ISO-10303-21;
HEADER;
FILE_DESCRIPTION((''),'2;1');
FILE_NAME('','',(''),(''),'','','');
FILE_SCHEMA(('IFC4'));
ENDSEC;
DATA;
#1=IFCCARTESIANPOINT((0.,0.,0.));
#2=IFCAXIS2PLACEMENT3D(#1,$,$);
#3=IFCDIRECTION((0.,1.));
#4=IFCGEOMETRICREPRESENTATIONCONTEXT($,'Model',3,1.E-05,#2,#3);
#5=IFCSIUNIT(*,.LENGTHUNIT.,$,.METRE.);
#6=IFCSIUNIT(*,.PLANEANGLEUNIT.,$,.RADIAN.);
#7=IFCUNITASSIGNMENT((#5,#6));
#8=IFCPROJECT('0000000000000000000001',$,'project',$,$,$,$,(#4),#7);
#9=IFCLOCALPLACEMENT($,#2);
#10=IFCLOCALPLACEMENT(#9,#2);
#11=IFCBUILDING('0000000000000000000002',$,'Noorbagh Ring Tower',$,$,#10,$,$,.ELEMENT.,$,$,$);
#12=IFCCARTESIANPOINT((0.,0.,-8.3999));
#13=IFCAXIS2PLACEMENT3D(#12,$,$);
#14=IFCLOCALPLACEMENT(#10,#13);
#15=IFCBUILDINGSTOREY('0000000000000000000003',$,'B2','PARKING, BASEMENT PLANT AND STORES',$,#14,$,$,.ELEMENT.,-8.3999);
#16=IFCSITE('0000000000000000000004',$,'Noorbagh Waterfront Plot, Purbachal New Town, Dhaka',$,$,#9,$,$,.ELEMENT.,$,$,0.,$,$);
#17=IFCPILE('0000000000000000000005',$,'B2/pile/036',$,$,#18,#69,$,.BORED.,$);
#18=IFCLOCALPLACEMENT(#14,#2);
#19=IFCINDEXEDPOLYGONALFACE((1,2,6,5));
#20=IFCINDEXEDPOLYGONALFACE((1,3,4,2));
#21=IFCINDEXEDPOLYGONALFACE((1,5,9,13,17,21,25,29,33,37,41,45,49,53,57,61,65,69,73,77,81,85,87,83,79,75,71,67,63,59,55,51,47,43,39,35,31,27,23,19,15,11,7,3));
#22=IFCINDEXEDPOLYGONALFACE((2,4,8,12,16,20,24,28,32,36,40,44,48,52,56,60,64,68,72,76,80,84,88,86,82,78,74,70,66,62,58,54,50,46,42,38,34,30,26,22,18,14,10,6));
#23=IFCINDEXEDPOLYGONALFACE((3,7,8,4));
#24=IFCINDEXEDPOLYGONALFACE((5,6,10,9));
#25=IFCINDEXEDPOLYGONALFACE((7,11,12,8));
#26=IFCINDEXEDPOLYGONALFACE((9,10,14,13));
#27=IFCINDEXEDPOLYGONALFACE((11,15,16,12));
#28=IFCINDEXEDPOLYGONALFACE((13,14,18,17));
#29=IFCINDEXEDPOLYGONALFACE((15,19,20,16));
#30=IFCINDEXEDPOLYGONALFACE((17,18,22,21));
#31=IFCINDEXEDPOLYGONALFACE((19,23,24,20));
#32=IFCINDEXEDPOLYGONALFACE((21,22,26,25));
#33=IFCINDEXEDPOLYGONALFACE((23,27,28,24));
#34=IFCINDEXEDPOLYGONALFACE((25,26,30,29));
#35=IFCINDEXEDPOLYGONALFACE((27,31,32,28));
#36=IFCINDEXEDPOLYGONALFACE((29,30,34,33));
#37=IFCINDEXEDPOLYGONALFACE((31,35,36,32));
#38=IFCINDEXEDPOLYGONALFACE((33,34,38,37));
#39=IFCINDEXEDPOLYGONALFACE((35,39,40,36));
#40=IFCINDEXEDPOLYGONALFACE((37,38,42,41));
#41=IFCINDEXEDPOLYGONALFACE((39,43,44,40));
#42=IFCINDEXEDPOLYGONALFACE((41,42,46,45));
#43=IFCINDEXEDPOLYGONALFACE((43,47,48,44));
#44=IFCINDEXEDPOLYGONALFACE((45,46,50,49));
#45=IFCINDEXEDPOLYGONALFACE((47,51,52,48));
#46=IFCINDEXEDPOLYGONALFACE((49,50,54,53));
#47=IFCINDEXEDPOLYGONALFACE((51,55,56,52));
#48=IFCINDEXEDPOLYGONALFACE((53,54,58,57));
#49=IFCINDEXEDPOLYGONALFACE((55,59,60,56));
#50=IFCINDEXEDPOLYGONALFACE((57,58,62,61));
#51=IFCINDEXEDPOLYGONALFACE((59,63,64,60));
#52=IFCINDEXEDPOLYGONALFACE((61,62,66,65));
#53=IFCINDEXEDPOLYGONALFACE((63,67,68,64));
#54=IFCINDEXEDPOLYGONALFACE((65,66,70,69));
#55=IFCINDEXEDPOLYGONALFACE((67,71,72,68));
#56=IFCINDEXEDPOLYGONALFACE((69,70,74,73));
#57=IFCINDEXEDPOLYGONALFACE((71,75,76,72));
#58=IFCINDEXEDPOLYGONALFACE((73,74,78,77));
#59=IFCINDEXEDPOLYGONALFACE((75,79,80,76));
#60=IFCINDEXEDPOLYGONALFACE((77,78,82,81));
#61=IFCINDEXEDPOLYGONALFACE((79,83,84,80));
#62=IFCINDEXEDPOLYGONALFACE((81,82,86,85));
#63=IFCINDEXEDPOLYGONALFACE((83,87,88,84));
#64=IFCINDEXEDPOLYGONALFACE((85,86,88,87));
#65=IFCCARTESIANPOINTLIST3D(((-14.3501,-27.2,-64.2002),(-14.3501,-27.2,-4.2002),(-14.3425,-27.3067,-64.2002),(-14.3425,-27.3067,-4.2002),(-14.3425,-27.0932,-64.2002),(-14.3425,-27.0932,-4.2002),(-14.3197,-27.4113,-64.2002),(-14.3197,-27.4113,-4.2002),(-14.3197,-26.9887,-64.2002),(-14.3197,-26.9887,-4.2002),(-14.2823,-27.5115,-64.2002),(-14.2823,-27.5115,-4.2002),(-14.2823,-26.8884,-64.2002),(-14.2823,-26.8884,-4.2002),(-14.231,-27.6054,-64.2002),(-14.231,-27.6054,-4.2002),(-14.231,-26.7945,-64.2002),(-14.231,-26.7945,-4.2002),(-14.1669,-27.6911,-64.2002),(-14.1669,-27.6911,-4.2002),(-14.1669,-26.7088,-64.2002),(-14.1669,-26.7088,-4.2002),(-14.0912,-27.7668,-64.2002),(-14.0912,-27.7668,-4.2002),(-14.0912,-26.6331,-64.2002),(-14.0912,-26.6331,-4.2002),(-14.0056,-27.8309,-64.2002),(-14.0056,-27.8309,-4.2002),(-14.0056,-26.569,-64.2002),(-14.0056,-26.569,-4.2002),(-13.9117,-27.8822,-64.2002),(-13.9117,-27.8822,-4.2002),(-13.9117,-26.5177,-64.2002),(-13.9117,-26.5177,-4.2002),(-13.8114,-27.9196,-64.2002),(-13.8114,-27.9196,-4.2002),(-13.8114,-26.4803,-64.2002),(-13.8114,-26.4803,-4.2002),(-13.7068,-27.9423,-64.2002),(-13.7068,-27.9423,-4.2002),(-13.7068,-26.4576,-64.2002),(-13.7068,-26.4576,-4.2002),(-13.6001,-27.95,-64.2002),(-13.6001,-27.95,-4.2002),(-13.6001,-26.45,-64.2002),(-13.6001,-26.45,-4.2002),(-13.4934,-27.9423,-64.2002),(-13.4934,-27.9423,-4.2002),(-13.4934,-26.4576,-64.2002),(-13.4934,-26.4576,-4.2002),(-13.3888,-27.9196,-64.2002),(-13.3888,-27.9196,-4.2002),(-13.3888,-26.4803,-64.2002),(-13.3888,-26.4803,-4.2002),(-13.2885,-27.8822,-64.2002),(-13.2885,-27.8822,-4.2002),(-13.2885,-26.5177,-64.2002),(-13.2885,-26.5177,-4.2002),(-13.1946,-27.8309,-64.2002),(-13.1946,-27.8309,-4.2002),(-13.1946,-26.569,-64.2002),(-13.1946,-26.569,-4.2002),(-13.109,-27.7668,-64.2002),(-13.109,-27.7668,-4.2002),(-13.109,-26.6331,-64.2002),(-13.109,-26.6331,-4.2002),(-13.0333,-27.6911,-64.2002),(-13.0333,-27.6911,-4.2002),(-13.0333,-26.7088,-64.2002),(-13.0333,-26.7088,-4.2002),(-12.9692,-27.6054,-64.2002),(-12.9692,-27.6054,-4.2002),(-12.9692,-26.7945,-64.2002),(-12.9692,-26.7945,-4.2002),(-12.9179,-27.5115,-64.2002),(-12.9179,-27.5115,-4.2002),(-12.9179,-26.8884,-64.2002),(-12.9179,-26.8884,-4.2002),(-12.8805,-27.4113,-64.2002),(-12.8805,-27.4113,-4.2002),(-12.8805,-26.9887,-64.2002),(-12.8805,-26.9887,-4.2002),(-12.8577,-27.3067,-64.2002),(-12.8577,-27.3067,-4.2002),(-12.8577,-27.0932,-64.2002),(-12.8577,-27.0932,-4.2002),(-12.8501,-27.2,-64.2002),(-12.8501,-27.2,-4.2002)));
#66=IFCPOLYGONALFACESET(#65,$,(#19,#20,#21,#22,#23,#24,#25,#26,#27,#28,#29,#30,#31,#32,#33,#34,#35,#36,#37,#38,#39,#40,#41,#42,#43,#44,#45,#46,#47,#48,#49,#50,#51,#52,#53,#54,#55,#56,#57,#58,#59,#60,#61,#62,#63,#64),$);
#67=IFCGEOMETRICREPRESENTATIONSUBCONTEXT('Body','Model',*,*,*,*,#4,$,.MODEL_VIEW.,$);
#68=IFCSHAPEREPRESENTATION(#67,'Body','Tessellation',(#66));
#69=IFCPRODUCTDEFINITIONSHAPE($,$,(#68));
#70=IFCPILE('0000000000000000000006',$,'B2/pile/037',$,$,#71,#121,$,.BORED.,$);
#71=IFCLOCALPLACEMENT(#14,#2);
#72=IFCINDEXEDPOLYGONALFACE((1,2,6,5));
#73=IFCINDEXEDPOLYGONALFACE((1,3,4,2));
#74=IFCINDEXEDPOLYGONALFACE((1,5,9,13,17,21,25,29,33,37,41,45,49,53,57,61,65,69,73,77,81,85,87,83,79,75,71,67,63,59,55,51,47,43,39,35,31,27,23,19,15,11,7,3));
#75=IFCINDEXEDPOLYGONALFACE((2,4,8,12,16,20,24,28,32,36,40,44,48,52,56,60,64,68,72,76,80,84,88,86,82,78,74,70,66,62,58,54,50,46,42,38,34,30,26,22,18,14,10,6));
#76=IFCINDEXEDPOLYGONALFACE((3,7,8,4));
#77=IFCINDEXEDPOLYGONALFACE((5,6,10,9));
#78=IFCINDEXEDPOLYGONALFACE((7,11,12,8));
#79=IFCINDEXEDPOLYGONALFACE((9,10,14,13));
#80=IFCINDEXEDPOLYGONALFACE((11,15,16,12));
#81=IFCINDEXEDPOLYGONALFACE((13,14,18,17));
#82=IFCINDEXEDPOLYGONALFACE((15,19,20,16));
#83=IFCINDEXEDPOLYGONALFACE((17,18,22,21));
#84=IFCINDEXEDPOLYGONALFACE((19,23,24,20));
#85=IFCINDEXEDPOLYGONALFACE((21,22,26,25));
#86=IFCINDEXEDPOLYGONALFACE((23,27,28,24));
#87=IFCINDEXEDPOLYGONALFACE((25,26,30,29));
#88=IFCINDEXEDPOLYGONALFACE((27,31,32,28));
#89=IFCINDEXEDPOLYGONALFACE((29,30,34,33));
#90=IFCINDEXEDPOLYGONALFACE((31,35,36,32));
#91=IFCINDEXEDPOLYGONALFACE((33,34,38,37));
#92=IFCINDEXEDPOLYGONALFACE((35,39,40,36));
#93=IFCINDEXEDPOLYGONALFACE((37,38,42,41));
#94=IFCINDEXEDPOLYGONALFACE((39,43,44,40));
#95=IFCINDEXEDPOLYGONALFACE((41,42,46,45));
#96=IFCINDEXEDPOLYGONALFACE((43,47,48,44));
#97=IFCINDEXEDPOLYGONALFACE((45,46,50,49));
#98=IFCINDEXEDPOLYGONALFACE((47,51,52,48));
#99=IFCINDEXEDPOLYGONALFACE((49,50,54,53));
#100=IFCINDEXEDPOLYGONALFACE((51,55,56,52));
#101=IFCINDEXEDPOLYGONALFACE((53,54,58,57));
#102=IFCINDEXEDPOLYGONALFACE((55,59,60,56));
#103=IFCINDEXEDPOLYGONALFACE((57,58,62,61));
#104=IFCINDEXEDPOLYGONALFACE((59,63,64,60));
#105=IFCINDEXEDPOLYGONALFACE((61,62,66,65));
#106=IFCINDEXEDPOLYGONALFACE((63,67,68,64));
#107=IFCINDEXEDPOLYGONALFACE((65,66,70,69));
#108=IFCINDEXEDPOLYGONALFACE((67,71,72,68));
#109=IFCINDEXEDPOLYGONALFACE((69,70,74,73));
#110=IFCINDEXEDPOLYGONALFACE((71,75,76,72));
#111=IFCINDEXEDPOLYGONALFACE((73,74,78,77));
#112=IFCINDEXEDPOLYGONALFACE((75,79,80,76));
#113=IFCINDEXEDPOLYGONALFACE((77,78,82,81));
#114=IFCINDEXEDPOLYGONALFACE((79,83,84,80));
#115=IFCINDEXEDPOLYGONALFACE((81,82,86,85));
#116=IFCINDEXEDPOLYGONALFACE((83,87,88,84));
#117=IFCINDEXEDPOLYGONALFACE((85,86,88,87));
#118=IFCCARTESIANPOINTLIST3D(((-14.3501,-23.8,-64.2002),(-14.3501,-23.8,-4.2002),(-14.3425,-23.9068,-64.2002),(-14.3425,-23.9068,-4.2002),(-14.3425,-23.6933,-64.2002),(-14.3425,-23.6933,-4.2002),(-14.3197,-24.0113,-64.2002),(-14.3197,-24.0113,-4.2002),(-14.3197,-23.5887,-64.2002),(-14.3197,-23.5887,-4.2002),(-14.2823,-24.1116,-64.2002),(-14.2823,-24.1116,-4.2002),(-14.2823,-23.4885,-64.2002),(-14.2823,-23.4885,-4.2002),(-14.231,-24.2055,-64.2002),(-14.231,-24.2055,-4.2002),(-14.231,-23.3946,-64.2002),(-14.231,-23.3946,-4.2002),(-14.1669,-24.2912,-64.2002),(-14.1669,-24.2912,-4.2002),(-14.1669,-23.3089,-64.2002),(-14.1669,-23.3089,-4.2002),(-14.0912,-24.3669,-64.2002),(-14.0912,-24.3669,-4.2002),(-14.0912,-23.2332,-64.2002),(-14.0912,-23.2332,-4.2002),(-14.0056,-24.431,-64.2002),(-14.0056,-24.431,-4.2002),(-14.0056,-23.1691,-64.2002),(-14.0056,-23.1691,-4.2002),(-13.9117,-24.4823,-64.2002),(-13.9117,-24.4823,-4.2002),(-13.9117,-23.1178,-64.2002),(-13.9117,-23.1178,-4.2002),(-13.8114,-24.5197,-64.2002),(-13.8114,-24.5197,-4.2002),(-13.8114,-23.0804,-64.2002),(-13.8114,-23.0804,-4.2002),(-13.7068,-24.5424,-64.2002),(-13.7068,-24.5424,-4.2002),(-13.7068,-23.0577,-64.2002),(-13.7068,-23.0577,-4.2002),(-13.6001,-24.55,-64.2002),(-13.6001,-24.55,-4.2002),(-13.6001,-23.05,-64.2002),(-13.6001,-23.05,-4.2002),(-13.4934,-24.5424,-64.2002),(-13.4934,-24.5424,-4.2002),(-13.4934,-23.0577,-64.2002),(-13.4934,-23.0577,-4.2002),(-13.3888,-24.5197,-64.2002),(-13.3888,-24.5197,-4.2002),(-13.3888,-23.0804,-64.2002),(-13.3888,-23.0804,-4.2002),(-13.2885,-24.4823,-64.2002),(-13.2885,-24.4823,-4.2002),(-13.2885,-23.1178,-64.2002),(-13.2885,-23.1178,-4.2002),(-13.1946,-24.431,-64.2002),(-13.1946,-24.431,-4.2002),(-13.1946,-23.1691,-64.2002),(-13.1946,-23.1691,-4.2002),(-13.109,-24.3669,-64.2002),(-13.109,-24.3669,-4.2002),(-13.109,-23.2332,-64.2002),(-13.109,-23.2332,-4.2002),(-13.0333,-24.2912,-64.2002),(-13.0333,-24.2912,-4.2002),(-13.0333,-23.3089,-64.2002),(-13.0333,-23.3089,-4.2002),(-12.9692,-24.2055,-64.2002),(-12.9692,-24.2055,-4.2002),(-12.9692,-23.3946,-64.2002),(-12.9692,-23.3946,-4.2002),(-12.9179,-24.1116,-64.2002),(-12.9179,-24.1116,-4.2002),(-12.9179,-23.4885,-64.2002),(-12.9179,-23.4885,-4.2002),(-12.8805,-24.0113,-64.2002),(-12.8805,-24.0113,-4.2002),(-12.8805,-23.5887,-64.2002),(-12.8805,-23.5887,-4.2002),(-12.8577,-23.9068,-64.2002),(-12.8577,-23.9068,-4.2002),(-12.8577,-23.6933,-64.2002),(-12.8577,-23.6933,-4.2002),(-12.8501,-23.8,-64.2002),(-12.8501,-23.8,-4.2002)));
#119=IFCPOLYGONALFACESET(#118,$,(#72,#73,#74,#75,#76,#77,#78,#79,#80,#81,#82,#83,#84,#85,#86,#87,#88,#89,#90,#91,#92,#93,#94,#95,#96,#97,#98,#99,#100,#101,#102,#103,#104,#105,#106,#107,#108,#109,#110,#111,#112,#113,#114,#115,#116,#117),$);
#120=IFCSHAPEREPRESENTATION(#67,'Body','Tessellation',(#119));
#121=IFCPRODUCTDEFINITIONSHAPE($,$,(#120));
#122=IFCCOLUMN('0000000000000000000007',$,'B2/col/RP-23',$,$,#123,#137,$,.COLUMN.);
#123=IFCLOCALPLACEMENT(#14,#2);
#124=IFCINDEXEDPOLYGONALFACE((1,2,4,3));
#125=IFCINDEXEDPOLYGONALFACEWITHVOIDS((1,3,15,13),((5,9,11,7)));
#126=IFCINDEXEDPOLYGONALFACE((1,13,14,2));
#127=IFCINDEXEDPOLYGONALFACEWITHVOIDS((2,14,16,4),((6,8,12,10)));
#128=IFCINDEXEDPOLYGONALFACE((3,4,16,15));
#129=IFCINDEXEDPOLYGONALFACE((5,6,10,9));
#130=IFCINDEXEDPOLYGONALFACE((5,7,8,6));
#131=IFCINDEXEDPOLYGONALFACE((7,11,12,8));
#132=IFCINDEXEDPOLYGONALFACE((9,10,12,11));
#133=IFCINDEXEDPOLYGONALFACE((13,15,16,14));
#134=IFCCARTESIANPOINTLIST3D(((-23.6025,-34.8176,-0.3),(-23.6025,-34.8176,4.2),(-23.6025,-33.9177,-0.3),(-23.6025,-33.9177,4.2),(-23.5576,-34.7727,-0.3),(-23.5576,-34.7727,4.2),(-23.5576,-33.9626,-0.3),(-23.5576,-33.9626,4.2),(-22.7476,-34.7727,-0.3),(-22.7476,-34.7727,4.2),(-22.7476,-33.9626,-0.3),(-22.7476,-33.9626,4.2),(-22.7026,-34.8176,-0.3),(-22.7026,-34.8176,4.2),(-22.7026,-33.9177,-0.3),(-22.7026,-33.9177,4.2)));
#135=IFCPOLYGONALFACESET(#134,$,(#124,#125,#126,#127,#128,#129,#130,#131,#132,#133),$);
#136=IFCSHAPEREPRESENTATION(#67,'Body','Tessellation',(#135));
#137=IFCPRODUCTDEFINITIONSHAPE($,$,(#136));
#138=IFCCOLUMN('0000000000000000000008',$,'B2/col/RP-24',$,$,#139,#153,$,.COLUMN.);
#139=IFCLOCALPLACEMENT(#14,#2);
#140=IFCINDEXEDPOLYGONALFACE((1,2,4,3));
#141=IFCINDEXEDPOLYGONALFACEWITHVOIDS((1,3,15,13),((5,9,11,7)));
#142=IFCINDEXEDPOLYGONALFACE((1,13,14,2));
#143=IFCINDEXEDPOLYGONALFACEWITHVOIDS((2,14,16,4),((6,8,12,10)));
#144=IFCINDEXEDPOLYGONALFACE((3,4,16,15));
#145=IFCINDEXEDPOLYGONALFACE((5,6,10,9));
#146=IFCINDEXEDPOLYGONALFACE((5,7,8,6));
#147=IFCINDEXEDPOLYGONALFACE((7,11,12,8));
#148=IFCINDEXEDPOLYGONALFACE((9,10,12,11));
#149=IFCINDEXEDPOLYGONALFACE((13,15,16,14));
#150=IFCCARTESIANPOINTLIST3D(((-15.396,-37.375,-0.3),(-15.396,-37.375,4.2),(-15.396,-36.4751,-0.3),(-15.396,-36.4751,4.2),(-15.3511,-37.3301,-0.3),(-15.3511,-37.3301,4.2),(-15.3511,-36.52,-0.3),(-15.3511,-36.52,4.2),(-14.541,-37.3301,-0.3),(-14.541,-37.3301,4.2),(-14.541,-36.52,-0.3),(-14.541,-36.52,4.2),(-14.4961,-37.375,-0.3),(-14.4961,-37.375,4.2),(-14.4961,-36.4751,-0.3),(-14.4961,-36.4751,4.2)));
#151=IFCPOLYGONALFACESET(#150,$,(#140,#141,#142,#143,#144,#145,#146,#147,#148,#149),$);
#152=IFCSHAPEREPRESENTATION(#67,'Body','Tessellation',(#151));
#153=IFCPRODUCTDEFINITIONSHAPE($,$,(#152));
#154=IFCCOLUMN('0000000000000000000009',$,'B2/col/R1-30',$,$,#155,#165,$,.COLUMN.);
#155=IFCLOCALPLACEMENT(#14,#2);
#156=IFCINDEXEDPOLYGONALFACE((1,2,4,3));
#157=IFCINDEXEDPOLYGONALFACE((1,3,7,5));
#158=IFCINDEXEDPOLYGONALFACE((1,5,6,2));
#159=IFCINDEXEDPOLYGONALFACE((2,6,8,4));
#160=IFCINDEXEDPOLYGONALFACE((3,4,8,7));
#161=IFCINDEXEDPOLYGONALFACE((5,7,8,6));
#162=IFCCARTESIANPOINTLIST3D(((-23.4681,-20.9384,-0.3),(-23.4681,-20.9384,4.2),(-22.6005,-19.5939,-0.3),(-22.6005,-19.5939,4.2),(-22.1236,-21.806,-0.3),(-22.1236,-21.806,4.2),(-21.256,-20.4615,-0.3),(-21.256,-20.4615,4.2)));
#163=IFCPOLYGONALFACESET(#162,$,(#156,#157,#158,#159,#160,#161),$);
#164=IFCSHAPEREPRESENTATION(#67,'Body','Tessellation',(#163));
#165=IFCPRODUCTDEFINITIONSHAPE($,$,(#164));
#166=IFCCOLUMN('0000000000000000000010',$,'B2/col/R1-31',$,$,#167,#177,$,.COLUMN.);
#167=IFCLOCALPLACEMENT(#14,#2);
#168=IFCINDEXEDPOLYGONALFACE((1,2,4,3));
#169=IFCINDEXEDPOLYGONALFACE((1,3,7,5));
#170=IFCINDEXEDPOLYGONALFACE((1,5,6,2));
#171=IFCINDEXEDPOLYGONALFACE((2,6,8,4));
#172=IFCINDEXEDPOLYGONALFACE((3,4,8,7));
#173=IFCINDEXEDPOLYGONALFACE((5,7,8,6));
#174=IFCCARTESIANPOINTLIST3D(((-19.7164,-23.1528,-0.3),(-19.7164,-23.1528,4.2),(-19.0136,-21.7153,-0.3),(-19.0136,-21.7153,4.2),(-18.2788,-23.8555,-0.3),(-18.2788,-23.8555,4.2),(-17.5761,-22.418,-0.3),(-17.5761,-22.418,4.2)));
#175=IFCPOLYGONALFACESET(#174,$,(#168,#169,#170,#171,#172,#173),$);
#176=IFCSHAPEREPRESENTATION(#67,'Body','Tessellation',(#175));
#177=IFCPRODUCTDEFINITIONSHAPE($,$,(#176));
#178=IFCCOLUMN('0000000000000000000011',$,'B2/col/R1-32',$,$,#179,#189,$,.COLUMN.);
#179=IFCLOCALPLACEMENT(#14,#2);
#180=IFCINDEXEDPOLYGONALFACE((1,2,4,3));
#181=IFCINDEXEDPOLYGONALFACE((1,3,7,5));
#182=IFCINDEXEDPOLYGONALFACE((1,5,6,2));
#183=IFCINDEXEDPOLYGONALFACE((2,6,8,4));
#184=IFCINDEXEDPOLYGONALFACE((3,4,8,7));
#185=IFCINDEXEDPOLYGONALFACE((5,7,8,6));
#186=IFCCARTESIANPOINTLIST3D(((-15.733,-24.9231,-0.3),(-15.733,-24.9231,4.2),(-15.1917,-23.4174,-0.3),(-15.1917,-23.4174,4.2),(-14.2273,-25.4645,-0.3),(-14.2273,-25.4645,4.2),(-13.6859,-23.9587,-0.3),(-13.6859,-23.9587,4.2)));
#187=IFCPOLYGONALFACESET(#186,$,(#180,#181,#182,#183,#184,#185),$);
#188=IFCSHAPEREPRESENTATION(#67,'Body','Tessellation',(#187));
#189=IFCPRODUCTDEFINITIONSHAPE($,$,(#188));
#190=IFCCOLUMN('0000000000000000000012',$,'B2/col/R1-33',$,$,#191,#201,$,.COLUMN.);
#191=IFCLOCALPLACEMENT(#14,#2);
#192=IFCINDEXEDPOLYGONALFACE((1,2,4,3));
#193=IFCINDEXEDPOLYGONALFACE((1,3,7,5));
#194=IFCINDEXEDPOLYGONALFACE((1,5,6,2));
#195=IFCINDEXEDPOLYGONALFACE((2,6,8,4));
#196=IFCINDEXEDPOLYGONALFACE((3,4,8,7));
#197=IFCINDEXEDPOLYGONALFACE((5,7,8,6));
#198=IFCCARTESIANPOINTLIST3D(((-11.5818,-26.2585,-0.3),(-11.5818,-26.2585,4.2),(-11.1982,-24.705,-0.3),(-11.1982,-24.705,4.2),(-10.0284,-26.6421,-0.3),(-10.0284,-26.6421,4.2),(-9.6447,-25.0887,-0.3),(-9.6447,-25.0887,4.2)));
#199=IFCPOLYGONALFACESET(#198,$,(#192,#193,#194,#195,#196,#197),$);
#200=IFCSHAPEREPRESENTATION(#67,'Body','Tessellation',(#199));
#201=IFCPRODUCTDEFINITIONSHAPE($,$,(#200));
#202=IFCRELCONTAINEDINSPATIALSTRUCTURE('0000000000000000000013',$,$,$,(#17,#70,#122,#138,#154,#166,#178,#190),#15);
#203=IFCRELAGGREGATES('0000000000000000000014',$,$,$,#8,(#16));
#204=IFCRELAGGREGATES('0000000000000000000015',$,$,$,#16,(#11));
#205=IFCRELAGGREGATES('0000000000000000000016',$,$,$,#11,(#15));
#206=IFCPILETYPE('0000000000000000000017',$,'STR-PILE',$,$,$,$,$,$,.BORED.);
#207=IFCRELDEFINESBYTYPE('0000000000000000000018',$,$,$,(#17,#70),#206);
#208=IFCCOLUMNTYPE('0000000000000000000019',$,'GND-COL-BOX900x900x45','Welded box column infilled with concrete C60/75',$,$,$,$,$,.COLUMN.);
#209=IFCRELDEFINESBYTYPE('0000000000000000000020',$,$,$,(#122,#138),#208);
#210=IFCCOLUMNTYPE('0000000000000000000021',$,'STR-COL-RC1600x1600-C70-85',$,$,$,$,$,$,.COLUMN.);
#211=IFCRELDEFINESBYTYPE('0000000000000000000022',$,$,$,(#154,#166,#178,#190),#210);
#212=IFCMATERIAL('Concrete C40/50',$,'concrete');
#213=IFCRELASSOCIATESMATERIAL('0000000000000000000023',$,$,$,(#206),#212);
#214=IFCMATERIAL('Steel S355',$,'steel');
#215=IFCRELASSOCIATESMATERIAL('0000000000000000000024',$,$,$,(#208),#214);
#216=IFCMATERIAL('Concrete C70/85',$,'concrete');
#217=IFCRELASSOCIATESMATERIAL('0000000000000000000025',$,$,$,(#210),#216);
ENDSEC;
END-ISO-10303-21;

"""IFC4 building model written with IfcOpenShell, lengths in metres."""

from ifc_helpers import new_model, si_unit, direction, frame, origin, origin_2d, place, context, subcontext, project, spatial, rectangle, hollow_rectangle, circle, extrude, material, material_profile, profile_set, type_object, element, save


model = new_model("IFC4")

# Units and contexts
model_context = context("Model", 3, precision=1e-05, world=origin(), true_north=direction((0.0, 1.0)))
body_context = subcontext(model_context, "Body", "Model", "MODEL_VIEW")
ifc_project = project(units=[si_unit("LENGTHUNIT", "METRE"), si_unit("PLANEANGLEUNIT", "RADIAN")], contexts=[model_context])

# Site, building, storey
site_placement = place(None, origin())
site = spatial("IfcSite", under=ifc_project, at=site_placement, Name="Noorbagh Waterfront Plot, Purbachal New Town, Dhaka", CompositionType="ELEMENT", RefElevation=0.0)
building_placement = place(site_placement, origin())
building = spatial("IfcBuilding", under=site, at=building_placement, Name="Noorbagh Ring Tower", CompositionType="ELEMENT")
storey_placement = place(building_placement, frame((0.0, 0.0, -8.3999)))
storey = spatial("IfcBuildingStorey", under=building, at=storey_placement, Name="B2", Description="PARKING, BASEMENT PLANT AND STORES", CompositionType="ELEMENT", Elevation=-8.3999)

# Piles
ifc_material_1 = material(Name="Concrete C40/50", Category="concrete")
ifc_material_profile_1 = material_profile(ifc_material_1, circle(Radius=0.75, at=origin_2d()), Name="PILE1500")
ifc_profile_set_1 = profile_set([ifc_material_profile_1], Name="Concrete C40/50")
pile_type_1 = type_object("IfcPileType", Name="STR-PILE", PredefinedType="BORED", material=ifc_profile_set_1)
for number, where, z_axis, x_axis, name in (
    (1, (-13.6001, -27.2, -4.2002), (0.0, 0.0, -1.0), (1.0, 0.0, 0.0), "B2/pile/036"),
    (2, (-13.6001, -23.8, -4.2002), (0.0, 0.0, -1.0), (1.0, 0.0, 0.0), "B2/pile/037"),
):
    element("IfcPile", number, at=place(storey_placement, frame(where, z_axis=z_axis, x_axis=x_axis)), inside=storey, type_object=pile_type_1, Name=name, PredefinedType="BORED", context=body_context, shape_type="SweptSolid", body=[
        extrude(circle(Radius=0.75, at=origin_2d()), origin(), (0.0, 0.0, 1.0), 60.0),
    ])

# Columns
ifc_material_2 = material(Name="Steel S355", Category="steel")
ifc_material_profile_2 = material_profile(ifc_material_2, hollow_rectangle(XDim=0.8999, YDim=0.8999, WallThickness=0.0449, at=origin_2d()), Name="BOX900x900x45")
ifc_profile_set_2 = profile_set([ifc_material_profile_2], Name="Steel S355")
column_type_1 = type_object("IfcColumnType", Name="GND-COL-BOX900x900x45", Description="Welded box column infilled with concrete C60/75", PredefinedType="COLUMN", material=ifc_profile_set_2)
for number, where, z_axis, x_axis, name in (
    (3, (-23.1526, -34.3677, -0.3), (0.0, 0.0, 1.0), (1.0, 0.0, 0.0), "B2/col/RP-23"),
    (4, (-14.946, -36.925, -0.3), (0.0, 0.0, 1.0), (1.0, 0.0, 0.0), "B2/col/RP-24"),
):
    element("IfcColumn", number, at=place(storey_placement, frame(where, z_axis=z_axis, x_axis=x_axis)), inside=storey, type_object=column_type_1, Name=name, PredefinedType="COLUMN", context=body_context, shape_type="SweptSolid", body=[
        extrude(hollow_rectangle(XDim=0.8999, YDim=0.8999, WallThickness=0.0449, at=origin_2d()), origin(), (0.0, 0.0, 1.0), 4.5),
    ])
ifc_material_3 = material(Name="Concrete C70/85", Category="concrete")
ifc_material_profile_3 = material_profile(ifc_material_3, rectangle(XDim=1.6001, YDim=1.6001, at=origin_2d()), Name="RC1600x1600")
ifc_profile_set_3 = profile_set([ifc_material_profile_3], Name="Concrete C70/85")
column_type_2 = type_object("IfcColumnType", Name="STR-COL-RC1600x1600-C70-85", PredefinedType="COLUMN", material=ifc_profile_set_3)
for number, where, z_axis, x_axis, name in (
    (5, (-22.3621, -20.7, -0.3), (0.0, 0.0, 1.0), (0.840248, -0.542203, 0.0), "B2/col/R1-30"),
    (6, (-18.6462, -22.7854, -0.3), (0.0, 0.0, 1.0), (0.898399, -0.43918, 0.0), "B2/col/R1-31"),
    (7, (-14.7095, -24.4409, -0.3), (0.0, 0.0, 1.0), (0.941025, -0.338338, 0.0), "B2/col/R1-32"),
    (8, (-10.6133, -25.6736, -0.3), (0.0, 0.0, 1.0), (0.970829, -0.239771, 0.0), "B2/col/R1-33"),
):
    element("IfcColumn", number, at=place(storey_placement, frame(where, z_axis=z_axis, x_axis=x_axis)), inside=storey, type_object=column_type_2, Name=name, PredefinedType="COLUMN", context=body_context, shape_type="SweptSolid", body=[
        extrude(rectangle(XDim=1.6001, YDim=1.6001, at=origin_2d()), origin(), (0.0, 0.0, 1.0), 4.5),
    ])

save(model, "model.ifc")
